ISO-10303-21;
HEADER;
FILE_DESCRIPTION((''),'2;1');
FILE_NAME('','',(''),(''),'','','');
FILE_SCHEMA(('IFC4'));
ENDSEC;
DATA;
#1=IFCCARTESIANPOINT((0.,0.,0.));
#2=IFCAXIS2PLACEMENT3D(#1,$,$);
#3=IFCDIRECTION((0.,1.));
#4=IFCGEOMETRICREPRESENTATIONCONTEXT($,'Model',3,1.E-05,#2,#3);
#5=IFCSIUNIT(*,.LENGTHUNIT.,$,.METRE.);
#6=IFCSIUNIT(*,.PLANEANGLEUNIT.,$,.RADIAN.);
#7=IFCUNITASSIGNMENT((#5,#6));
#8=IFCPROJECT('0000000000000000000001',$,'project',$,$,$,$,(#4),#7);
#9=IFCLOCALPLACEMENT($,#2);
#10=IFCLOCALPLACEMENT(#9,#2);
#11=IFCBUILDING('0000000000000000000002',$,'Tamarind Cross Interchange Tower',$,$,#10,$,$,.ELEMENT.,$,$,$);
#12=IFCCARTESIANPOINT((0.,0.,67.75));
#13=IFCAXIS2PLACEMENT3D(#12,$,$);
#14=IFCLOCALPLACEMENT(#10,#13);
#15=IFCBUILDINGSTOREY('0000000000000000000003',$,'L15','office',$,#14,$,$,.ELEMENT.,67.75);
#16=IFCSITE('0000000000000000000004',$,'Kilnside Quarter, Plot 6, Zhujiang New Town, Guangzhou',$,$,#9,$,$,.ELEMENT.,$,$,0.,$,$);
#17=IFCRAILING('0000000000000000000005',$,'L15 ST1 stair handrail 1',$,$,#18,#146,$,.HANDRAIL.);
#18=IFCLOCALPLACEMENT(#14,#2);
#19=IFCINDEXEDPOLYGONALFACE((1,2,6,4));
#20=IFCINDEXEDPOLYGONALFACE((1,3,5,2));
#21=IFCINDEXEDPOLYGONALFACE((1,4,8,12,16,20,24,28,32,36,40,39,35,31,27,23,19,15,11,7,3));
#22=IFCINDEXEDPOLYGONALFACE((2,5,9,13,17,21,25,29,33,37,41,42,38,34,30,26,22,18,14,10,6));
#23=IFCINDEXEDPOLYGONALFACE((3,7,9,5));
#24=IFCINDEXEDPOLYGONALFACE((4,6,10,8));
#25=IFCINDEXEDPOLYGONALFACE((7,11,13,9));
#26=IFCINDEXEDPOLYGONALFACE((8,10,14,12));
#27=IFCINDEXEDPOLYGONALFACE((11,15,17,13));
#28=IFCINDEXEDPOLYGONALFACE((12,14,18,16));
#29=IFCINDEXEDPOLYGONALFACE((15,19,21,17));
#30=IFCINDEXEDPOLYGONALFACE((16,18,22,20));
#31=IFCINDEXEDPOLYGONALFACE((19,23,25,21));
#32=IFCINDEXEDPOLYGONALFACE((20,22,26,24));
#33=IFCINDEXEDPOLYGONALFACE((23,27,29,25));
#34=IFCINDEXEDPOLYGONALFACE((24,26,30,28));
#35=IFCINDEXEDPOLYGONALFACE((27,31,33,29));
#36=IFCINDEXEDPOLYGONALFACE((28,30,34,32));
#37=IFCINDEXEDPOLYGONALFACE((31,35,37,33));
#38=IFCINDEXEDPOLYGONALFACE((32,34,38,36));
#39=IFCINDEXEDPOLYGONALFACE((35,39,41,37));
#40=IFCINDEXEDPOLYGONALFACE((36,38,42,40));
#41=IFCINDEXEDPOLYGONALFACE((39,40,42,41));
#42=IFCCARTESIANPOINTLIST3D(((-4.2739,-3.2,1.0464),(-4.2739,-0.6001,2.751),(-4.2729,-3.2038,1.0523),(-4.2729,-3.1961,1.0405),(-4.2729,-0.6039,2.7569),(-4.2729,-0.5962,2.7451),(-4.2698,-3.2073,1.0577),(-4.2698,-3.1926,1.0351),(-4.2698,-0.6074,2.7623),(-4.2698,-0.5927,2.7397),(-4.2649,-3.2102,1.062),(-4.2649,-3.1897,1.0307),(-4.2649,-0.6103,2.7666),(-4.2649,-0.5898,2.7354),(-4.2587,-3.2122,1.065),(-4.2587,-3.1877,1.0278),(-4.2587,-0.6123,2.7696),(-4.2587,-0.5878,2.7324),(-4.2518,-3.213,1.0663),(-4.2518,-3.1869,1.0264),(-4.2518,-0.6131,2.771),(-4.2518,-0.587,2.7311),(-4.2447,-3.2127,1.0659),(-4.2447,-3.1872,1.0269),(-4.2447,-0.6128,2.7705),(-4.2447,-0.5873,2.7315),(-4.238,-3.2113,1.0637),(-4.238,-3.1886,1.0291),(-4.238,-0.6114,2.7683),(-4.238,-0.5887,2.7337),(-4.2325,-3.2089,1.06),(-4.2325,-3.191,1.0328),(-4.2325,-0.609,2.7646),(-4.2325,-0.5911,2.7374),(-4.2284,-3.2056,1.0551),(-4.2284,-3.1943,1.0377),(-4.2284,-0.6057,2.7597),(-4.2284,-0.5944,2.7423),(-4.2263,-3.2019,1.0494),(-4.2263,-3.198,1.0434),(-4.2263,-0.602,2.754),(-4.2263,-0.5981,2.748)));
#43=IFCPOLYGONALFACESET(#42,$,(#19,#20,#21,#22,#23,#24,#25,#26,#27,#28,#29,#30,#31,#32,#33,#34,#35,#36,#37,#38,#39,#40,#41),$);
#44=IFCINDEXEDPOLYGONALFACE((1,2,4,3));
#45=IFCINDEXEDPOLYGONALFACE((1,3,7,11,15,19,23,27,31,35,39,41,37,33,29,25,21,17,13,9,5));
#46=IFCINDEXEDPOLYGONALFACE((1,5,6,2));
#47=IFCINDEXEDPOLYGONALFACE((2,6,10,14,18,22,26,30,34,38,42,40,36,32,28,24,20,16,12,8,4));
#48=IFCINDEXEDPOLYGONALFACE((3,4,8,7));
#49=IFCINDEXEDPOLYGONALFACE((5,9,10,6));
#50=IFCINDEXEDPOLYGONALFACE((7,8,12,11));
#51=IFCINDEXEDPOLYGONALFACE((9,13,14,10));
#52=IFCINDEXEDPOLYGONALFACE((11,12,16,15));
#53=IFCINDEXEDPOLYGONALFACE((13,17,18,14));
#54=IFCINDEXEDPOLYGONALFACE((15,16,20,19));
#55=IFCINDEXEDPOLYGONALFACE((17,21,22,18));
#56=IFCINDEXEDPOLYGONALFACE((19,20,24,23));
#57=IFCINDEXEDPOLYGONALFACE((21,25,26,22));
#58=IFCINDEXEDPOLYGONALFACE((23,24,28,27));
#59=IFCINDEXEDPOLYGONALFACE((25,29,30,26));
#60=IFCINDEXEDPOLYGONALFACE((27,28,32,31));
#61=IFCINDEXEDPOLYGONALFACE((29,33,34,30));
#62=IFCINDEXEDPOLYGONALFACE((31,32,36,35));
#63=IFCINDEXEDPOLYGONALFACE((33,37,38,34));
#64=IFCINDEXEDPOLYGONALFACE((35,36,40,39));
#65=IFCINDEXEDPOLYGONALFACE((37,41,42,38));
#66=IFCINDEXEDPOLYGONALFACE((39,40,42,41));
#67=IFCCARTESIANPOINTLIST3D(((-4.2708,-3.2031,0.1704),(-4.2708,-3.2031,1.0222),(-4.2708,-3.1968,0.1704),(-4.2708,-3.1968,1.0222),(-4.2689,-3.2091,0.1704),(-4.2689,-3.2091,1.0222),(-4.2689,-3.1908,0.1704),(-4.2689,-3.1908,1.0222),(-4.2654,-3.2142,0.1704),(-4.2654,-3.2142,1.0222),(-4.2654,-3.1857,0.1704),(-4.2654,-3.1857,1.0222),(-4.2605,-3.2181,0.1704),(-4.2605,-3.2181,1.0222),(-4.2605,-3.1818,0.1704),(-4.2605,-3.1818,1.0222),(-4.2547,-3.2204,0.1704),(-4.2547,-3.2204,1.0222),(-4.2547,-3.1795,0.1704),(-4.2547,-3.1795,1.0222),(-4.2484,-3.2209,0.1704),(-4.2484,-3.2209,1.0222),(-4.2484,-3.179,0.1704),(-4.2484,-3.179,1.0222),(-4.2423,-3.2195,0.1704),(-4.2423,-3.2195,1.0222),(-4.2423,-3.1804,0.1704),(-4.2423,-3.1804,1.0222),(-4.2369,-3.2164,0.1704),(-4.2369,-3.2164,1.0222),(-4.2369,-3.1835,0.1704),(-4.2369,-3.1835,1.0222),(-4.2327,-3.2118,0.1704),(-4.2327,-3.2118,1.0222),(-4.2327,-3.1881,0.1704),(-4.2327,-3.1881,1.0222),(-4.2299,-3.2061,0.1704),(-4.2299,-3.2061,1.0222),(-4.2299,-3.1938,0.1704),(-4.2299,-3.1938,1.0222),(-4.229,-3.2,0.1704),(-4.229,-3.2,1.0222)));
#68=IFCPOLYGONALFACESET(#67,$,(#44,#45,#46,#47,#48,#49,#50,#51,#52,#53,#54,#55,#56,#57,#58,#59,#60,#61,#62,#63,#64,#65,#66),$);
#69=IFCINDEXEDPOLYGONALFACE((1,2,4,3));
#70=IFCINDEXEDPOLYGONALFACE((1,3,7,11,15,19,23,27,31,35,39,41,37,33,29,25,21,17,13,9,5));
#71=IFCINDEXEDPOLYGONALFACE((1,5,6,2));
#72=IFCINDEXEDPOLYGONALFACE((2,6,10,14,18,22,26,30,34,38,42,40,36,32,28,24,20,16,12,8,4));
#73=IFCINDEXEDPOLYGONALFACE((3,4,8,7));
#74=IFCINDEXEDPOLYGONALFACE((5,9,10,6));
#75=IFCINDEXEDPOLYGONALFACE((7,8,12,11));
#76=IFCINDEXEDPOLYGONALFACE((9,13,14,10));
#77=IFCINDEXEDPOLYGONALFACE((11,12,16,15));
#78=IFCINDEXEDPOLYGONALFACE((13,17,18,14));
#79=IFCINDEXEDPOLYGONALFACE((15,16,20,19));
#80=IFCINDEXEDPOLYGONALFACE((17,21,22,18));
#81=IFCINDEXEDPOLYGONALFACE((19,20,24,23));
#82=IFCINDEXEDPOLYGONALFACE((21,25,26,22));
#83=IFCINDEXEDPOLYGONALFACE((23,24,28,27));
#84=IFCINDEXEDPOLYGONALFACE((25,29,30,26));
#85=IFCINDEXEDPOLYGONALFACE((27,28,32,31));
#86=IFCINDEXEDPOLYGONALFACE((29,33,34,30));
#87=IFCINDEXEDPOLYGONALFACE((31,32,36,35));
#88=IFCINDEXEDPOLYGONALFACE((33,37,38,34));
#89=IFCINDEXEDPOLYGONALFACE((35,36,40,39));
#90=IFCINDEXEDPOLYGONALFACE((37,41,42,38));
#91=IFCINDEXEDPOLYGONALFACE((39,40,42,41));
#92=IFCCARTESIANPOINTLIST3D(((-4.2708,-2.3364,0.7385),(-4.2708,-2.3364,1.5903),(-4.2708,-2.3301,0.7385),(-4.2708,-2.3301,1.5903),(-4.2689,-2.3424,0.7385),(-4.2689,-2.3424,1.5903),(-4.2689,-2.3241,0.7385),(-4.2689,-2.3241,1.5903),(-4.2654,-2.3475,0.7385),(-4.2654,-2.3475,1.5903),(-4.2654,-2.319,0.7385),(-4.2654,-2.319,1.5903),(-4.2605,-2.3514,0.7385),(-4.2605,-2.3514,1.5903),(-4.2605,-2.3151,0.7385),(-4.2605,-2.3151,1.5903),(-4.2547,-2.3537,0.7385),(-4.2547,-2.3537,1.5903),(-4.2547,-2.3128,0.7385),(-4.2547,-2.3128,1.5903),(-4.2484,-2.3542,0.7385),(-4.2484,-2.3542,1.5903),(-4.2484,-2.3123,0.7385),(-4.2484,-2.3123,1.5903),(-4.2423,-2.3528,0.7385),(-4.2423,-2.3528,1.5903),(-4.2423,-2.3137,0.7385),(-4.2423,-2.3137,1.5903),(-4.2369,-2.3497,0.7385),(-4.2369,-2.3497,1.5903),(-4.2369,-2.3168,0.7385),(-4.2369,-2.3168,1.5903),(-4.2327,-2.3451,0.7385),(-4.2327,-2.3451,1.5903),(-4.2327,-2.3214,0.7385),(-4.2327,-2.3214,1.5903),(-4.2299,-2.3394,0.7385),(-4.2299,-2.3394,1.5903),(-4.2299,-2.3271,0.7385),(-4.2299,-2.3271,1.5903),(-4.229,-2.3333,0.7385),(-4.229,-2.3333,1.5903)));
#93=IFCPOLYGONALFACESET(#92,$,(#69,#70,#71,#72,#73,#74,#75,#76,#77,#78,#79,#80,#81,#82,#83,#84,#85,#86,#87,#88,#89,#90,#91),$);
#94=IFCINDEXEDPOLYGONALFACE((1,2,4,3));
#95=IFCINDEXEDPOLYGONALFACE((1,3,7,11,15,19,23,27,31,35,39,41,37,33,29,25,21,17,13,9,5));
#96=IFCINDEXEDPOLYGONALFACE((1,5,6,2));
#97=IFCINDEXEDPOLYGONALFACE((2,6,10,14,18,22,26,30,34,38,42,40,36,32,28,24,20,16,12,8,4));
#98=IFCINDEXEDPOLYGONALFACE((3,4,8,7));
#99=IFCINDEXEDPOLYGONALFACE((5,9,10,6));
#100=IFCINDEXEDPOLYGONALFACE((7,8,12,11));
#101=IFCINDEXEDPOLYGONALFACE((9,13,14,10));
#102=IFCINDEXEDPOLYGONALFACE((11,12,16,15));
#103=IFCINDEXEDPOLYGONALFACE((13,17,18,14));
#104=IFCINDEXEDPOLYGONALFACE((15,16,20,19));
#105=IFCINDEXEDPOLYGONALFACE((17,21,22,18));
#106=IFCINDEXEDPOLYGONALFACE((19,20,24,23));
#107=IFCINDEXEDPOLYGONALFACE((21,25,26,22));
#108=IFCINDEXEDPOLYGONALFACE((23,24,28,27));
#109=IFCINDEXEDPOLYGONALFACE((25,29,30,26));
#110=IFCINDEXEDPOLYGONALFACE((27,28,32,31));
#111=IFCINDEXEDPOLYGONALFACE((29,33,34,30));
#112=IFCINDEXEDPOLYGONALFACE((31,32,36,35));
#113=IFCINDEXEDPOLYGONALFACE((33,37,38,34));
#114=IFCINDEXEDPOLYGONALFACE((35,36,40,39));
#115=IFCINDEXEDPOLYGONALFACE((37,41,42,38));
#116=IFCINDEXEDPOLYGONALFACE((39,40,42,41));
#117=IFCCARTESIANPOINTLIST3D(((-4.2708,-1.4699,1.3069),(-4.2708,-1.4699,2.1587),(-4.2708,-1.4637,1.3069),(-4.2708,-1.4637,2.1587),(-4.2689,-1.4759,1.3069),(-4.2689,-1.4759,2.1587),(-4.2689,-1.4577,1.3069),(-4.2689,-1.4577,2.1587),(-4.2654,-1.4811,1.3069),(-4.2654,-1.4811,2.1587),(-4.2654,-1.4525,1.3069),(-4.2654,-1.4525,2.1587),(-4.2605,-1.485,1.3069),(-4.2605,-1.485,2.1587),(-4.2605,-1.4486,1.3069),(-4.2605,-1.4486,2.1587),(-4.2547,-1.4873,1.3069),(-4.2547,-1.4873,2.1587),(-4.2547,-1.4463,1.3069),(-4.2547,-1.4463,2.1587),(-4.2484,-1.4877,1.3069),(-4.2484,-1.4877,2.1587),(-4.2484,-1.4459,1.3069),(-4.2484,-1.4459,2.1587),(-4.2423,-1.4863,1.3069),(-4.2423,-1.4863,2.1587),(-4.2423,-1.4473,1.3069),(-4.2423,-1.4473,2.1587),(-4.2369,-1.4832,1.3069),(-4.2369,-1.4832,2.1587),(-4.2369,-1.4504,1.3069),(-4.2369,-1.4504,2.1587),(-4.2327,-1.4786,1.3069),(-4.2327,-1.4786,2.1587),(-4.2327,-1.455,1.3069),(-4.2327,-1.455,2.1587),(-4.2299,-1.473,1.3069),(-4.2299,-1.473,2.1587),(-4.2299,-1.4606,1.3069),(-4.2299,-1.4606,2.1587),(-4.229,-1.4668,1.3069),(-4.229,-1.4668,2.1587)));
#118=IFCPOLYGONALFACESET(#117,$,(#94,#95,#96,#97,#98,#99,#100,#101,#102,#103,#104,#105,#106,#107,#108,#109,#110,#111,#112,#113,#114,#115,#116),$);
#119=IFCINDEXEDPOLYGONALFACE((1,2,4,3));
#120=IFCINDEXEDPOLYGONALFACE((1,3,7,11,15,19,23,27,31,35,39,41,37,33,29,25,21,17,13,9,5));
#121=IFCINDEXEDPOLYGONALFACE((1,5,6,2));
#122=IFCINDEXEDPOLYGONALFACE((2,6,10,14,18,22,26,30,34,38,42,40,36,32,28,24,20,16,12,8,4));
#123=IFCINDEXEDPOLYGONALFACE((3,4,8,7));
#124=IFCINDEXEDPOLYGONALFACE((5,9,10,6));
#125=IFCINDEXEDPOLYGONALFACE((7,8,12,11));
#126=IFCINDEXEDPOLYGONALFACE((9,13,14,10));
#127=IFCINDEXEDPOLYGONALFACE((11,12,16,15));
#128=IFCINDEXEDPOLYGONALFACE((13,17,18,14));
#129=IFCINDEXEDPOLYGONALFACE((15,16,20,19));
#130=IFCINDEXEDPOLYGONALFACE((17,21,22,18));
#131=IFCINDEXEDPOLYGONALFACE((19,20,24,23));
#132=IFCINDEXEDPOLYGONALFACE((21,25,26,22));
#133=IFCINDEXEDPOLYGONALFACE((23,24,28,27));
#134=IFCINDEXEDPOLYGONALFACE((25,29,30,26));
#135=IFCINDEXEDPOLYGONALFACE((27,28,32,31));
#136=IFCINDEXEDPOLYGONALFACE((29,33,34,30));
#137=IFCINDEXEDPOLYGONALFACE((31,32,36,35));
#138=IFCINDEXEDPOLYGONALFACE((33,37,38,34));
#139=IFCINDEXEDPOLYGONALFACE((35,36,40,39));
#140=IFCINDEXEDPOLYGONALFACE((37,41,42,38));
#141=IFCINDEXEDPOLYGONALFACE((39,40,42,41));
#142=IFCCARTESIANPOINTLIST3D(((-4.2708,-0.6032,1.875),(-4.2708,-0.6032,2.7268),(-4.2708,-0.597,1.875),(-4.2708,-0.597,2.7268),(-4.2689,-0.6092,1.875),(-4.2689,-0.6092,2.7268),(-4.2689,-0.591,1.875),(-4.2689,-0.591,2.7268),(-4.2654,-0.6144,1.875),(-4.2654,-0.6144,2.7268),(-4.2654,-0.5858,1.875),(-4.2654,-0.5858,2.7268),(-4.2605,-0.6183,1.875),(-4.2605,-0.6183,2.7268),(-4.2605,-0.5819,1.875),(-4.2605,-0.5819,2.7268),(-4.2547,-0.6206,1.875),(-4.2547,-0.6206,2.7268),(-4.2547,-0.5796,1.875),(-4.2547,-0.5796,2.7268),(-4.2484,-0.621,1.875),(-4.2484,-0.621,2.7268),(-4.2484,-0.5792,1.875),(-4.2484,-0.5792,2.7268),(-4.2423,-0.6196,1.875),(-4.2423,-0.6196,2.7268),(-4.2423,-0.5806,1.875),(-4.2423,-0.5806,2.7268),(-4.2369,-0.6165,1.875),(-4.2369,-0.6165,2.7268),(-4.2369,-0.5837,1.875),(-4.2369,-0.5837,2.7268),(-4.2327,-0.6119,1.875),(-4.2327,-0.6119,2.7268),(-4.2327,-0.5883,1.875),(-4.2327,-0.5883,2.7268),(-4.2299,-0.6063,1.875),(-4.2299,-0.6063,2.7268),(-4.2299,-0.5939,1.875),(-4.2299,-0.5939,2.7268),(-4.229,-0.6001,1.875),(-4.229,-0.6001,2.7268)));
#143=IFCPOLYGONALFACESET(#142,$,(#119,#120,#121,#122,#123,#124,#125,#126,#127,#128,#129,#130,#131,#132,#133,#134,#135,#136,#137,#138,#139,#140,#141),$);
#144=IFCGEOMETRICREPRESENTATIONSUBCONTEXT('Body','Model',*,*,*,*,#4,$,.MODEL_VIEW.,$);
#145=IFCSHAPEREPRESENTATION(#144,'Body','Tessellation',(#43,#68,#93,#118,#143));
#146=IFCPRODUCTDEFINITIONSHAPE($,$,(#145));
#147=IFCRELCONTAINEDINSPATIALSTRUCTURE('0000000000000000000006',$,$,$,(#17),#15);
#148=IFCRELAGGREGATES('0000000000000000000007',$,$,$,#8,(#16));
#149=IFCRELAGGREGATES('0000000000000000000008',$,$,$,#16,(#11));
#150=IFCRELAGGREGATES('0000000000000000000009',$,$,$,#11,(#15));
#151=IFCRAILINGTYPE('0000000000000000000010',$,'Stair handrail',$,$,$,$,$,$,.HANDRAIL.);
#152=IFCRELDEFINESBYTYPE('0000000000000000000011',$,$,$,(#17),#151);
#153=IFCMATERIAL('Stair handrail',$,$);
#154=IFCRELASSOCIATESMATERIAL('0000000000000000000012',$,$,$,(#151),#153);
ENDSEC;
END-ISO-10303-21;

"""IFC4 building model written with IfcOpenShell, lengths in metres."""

from ifc_helpers import new_model, si_unit, direction, frame, origin, origin_2d, place, context, subcontext, project, spatial, circle, extrude, material, type_object, element, save


model = new_model("IFC4")

# Units and contexts
model_context = context("Model", 3, precision=1e-05, world=origin(), true_north=direction((0.0, 1.0)))
body_context = subcontext(model_context, "Body", "Model", "MODEL_VIEW")
ifc_project = project(units=[si_unit("LENGTHUNIT", "METRE"), si_unit("PLANEANGLEUNIT", "RADIAN")], contexts=[model_context])

# Site, building, storey
site_placement = place(None, origin())
site = spatial("IfcSite", under=ifc_project, at=site_placement, Name="Kilnside Quarter, Plot 6, Zhujiang New Town, Guangzhou", CompositionType="ELEMENT", RefElevation=0.0)
building_placement = place(site_placement, origin())
building = spatial("IfcBuilding", under=site, at=building_placement, Name="Tamarind Cross Interchange Tower", CompositionType="ELEMENT")
storey_placement = place(building_placement, frame((0.0, 0.0, 67.75)))
storey = spatial("IfcBuildingStorey", under=building, at=storey_placement, Name="L15", Description="office", CompositionType="ELEMENT", Elevation=67.75)

# Railing
ifc_material_1 = material(Name="Stair handrail")
railing_type_1 = type_object("IfcRailingType", Name="Stair handrail", PredefinedType="HANDRAIL", material=ifc_material_1)
railing_1_placement = place(storey_placement, frame((-4.25, -3.2, 0.1704)))
element("IfcRailing", 1, at=railing_1_placement, inside=storey, type_object=railing_type_1, Name="L15 ST1 stair handrail 1", PredefinedType="HANDRAIL", context=body_context, shape_type="SweptSolid", body=[
    extrude(circle(Radius=0.0239, at=origin_2d()), frame((0.0, 0.0, 0.876), z_axis=(0.0, 0.836279, 0.548305), x_axis=(-1.0, 0.0, 0.0)), (0.0, 0.0, 1.0), 3.1089),
    extrude(circle(Radius=0.021, at=origin_2d()), origin(), (0.0, 0.0, 1.0), 0.8518),
    extrude(circle(Radius=0.021, at=origin_2d()), frame((0.0, 0.8667, 0.5681)), (0.0, 0.0, 1.0), 0.8518),
    extrude(circle(Radius=0.021, at=origin_2d()), frame((0.0, 1.7332, 1.1365)), (0.0, 0.0, 1.0), 0.8518),
    extrude(circle(Radius=0.021, at=origin_2d()), frame((0.0, 2.5999, 1.7046)), (0.0, 0.0, 1.0), 0.8518),
])

save(model, "model.ifc")
